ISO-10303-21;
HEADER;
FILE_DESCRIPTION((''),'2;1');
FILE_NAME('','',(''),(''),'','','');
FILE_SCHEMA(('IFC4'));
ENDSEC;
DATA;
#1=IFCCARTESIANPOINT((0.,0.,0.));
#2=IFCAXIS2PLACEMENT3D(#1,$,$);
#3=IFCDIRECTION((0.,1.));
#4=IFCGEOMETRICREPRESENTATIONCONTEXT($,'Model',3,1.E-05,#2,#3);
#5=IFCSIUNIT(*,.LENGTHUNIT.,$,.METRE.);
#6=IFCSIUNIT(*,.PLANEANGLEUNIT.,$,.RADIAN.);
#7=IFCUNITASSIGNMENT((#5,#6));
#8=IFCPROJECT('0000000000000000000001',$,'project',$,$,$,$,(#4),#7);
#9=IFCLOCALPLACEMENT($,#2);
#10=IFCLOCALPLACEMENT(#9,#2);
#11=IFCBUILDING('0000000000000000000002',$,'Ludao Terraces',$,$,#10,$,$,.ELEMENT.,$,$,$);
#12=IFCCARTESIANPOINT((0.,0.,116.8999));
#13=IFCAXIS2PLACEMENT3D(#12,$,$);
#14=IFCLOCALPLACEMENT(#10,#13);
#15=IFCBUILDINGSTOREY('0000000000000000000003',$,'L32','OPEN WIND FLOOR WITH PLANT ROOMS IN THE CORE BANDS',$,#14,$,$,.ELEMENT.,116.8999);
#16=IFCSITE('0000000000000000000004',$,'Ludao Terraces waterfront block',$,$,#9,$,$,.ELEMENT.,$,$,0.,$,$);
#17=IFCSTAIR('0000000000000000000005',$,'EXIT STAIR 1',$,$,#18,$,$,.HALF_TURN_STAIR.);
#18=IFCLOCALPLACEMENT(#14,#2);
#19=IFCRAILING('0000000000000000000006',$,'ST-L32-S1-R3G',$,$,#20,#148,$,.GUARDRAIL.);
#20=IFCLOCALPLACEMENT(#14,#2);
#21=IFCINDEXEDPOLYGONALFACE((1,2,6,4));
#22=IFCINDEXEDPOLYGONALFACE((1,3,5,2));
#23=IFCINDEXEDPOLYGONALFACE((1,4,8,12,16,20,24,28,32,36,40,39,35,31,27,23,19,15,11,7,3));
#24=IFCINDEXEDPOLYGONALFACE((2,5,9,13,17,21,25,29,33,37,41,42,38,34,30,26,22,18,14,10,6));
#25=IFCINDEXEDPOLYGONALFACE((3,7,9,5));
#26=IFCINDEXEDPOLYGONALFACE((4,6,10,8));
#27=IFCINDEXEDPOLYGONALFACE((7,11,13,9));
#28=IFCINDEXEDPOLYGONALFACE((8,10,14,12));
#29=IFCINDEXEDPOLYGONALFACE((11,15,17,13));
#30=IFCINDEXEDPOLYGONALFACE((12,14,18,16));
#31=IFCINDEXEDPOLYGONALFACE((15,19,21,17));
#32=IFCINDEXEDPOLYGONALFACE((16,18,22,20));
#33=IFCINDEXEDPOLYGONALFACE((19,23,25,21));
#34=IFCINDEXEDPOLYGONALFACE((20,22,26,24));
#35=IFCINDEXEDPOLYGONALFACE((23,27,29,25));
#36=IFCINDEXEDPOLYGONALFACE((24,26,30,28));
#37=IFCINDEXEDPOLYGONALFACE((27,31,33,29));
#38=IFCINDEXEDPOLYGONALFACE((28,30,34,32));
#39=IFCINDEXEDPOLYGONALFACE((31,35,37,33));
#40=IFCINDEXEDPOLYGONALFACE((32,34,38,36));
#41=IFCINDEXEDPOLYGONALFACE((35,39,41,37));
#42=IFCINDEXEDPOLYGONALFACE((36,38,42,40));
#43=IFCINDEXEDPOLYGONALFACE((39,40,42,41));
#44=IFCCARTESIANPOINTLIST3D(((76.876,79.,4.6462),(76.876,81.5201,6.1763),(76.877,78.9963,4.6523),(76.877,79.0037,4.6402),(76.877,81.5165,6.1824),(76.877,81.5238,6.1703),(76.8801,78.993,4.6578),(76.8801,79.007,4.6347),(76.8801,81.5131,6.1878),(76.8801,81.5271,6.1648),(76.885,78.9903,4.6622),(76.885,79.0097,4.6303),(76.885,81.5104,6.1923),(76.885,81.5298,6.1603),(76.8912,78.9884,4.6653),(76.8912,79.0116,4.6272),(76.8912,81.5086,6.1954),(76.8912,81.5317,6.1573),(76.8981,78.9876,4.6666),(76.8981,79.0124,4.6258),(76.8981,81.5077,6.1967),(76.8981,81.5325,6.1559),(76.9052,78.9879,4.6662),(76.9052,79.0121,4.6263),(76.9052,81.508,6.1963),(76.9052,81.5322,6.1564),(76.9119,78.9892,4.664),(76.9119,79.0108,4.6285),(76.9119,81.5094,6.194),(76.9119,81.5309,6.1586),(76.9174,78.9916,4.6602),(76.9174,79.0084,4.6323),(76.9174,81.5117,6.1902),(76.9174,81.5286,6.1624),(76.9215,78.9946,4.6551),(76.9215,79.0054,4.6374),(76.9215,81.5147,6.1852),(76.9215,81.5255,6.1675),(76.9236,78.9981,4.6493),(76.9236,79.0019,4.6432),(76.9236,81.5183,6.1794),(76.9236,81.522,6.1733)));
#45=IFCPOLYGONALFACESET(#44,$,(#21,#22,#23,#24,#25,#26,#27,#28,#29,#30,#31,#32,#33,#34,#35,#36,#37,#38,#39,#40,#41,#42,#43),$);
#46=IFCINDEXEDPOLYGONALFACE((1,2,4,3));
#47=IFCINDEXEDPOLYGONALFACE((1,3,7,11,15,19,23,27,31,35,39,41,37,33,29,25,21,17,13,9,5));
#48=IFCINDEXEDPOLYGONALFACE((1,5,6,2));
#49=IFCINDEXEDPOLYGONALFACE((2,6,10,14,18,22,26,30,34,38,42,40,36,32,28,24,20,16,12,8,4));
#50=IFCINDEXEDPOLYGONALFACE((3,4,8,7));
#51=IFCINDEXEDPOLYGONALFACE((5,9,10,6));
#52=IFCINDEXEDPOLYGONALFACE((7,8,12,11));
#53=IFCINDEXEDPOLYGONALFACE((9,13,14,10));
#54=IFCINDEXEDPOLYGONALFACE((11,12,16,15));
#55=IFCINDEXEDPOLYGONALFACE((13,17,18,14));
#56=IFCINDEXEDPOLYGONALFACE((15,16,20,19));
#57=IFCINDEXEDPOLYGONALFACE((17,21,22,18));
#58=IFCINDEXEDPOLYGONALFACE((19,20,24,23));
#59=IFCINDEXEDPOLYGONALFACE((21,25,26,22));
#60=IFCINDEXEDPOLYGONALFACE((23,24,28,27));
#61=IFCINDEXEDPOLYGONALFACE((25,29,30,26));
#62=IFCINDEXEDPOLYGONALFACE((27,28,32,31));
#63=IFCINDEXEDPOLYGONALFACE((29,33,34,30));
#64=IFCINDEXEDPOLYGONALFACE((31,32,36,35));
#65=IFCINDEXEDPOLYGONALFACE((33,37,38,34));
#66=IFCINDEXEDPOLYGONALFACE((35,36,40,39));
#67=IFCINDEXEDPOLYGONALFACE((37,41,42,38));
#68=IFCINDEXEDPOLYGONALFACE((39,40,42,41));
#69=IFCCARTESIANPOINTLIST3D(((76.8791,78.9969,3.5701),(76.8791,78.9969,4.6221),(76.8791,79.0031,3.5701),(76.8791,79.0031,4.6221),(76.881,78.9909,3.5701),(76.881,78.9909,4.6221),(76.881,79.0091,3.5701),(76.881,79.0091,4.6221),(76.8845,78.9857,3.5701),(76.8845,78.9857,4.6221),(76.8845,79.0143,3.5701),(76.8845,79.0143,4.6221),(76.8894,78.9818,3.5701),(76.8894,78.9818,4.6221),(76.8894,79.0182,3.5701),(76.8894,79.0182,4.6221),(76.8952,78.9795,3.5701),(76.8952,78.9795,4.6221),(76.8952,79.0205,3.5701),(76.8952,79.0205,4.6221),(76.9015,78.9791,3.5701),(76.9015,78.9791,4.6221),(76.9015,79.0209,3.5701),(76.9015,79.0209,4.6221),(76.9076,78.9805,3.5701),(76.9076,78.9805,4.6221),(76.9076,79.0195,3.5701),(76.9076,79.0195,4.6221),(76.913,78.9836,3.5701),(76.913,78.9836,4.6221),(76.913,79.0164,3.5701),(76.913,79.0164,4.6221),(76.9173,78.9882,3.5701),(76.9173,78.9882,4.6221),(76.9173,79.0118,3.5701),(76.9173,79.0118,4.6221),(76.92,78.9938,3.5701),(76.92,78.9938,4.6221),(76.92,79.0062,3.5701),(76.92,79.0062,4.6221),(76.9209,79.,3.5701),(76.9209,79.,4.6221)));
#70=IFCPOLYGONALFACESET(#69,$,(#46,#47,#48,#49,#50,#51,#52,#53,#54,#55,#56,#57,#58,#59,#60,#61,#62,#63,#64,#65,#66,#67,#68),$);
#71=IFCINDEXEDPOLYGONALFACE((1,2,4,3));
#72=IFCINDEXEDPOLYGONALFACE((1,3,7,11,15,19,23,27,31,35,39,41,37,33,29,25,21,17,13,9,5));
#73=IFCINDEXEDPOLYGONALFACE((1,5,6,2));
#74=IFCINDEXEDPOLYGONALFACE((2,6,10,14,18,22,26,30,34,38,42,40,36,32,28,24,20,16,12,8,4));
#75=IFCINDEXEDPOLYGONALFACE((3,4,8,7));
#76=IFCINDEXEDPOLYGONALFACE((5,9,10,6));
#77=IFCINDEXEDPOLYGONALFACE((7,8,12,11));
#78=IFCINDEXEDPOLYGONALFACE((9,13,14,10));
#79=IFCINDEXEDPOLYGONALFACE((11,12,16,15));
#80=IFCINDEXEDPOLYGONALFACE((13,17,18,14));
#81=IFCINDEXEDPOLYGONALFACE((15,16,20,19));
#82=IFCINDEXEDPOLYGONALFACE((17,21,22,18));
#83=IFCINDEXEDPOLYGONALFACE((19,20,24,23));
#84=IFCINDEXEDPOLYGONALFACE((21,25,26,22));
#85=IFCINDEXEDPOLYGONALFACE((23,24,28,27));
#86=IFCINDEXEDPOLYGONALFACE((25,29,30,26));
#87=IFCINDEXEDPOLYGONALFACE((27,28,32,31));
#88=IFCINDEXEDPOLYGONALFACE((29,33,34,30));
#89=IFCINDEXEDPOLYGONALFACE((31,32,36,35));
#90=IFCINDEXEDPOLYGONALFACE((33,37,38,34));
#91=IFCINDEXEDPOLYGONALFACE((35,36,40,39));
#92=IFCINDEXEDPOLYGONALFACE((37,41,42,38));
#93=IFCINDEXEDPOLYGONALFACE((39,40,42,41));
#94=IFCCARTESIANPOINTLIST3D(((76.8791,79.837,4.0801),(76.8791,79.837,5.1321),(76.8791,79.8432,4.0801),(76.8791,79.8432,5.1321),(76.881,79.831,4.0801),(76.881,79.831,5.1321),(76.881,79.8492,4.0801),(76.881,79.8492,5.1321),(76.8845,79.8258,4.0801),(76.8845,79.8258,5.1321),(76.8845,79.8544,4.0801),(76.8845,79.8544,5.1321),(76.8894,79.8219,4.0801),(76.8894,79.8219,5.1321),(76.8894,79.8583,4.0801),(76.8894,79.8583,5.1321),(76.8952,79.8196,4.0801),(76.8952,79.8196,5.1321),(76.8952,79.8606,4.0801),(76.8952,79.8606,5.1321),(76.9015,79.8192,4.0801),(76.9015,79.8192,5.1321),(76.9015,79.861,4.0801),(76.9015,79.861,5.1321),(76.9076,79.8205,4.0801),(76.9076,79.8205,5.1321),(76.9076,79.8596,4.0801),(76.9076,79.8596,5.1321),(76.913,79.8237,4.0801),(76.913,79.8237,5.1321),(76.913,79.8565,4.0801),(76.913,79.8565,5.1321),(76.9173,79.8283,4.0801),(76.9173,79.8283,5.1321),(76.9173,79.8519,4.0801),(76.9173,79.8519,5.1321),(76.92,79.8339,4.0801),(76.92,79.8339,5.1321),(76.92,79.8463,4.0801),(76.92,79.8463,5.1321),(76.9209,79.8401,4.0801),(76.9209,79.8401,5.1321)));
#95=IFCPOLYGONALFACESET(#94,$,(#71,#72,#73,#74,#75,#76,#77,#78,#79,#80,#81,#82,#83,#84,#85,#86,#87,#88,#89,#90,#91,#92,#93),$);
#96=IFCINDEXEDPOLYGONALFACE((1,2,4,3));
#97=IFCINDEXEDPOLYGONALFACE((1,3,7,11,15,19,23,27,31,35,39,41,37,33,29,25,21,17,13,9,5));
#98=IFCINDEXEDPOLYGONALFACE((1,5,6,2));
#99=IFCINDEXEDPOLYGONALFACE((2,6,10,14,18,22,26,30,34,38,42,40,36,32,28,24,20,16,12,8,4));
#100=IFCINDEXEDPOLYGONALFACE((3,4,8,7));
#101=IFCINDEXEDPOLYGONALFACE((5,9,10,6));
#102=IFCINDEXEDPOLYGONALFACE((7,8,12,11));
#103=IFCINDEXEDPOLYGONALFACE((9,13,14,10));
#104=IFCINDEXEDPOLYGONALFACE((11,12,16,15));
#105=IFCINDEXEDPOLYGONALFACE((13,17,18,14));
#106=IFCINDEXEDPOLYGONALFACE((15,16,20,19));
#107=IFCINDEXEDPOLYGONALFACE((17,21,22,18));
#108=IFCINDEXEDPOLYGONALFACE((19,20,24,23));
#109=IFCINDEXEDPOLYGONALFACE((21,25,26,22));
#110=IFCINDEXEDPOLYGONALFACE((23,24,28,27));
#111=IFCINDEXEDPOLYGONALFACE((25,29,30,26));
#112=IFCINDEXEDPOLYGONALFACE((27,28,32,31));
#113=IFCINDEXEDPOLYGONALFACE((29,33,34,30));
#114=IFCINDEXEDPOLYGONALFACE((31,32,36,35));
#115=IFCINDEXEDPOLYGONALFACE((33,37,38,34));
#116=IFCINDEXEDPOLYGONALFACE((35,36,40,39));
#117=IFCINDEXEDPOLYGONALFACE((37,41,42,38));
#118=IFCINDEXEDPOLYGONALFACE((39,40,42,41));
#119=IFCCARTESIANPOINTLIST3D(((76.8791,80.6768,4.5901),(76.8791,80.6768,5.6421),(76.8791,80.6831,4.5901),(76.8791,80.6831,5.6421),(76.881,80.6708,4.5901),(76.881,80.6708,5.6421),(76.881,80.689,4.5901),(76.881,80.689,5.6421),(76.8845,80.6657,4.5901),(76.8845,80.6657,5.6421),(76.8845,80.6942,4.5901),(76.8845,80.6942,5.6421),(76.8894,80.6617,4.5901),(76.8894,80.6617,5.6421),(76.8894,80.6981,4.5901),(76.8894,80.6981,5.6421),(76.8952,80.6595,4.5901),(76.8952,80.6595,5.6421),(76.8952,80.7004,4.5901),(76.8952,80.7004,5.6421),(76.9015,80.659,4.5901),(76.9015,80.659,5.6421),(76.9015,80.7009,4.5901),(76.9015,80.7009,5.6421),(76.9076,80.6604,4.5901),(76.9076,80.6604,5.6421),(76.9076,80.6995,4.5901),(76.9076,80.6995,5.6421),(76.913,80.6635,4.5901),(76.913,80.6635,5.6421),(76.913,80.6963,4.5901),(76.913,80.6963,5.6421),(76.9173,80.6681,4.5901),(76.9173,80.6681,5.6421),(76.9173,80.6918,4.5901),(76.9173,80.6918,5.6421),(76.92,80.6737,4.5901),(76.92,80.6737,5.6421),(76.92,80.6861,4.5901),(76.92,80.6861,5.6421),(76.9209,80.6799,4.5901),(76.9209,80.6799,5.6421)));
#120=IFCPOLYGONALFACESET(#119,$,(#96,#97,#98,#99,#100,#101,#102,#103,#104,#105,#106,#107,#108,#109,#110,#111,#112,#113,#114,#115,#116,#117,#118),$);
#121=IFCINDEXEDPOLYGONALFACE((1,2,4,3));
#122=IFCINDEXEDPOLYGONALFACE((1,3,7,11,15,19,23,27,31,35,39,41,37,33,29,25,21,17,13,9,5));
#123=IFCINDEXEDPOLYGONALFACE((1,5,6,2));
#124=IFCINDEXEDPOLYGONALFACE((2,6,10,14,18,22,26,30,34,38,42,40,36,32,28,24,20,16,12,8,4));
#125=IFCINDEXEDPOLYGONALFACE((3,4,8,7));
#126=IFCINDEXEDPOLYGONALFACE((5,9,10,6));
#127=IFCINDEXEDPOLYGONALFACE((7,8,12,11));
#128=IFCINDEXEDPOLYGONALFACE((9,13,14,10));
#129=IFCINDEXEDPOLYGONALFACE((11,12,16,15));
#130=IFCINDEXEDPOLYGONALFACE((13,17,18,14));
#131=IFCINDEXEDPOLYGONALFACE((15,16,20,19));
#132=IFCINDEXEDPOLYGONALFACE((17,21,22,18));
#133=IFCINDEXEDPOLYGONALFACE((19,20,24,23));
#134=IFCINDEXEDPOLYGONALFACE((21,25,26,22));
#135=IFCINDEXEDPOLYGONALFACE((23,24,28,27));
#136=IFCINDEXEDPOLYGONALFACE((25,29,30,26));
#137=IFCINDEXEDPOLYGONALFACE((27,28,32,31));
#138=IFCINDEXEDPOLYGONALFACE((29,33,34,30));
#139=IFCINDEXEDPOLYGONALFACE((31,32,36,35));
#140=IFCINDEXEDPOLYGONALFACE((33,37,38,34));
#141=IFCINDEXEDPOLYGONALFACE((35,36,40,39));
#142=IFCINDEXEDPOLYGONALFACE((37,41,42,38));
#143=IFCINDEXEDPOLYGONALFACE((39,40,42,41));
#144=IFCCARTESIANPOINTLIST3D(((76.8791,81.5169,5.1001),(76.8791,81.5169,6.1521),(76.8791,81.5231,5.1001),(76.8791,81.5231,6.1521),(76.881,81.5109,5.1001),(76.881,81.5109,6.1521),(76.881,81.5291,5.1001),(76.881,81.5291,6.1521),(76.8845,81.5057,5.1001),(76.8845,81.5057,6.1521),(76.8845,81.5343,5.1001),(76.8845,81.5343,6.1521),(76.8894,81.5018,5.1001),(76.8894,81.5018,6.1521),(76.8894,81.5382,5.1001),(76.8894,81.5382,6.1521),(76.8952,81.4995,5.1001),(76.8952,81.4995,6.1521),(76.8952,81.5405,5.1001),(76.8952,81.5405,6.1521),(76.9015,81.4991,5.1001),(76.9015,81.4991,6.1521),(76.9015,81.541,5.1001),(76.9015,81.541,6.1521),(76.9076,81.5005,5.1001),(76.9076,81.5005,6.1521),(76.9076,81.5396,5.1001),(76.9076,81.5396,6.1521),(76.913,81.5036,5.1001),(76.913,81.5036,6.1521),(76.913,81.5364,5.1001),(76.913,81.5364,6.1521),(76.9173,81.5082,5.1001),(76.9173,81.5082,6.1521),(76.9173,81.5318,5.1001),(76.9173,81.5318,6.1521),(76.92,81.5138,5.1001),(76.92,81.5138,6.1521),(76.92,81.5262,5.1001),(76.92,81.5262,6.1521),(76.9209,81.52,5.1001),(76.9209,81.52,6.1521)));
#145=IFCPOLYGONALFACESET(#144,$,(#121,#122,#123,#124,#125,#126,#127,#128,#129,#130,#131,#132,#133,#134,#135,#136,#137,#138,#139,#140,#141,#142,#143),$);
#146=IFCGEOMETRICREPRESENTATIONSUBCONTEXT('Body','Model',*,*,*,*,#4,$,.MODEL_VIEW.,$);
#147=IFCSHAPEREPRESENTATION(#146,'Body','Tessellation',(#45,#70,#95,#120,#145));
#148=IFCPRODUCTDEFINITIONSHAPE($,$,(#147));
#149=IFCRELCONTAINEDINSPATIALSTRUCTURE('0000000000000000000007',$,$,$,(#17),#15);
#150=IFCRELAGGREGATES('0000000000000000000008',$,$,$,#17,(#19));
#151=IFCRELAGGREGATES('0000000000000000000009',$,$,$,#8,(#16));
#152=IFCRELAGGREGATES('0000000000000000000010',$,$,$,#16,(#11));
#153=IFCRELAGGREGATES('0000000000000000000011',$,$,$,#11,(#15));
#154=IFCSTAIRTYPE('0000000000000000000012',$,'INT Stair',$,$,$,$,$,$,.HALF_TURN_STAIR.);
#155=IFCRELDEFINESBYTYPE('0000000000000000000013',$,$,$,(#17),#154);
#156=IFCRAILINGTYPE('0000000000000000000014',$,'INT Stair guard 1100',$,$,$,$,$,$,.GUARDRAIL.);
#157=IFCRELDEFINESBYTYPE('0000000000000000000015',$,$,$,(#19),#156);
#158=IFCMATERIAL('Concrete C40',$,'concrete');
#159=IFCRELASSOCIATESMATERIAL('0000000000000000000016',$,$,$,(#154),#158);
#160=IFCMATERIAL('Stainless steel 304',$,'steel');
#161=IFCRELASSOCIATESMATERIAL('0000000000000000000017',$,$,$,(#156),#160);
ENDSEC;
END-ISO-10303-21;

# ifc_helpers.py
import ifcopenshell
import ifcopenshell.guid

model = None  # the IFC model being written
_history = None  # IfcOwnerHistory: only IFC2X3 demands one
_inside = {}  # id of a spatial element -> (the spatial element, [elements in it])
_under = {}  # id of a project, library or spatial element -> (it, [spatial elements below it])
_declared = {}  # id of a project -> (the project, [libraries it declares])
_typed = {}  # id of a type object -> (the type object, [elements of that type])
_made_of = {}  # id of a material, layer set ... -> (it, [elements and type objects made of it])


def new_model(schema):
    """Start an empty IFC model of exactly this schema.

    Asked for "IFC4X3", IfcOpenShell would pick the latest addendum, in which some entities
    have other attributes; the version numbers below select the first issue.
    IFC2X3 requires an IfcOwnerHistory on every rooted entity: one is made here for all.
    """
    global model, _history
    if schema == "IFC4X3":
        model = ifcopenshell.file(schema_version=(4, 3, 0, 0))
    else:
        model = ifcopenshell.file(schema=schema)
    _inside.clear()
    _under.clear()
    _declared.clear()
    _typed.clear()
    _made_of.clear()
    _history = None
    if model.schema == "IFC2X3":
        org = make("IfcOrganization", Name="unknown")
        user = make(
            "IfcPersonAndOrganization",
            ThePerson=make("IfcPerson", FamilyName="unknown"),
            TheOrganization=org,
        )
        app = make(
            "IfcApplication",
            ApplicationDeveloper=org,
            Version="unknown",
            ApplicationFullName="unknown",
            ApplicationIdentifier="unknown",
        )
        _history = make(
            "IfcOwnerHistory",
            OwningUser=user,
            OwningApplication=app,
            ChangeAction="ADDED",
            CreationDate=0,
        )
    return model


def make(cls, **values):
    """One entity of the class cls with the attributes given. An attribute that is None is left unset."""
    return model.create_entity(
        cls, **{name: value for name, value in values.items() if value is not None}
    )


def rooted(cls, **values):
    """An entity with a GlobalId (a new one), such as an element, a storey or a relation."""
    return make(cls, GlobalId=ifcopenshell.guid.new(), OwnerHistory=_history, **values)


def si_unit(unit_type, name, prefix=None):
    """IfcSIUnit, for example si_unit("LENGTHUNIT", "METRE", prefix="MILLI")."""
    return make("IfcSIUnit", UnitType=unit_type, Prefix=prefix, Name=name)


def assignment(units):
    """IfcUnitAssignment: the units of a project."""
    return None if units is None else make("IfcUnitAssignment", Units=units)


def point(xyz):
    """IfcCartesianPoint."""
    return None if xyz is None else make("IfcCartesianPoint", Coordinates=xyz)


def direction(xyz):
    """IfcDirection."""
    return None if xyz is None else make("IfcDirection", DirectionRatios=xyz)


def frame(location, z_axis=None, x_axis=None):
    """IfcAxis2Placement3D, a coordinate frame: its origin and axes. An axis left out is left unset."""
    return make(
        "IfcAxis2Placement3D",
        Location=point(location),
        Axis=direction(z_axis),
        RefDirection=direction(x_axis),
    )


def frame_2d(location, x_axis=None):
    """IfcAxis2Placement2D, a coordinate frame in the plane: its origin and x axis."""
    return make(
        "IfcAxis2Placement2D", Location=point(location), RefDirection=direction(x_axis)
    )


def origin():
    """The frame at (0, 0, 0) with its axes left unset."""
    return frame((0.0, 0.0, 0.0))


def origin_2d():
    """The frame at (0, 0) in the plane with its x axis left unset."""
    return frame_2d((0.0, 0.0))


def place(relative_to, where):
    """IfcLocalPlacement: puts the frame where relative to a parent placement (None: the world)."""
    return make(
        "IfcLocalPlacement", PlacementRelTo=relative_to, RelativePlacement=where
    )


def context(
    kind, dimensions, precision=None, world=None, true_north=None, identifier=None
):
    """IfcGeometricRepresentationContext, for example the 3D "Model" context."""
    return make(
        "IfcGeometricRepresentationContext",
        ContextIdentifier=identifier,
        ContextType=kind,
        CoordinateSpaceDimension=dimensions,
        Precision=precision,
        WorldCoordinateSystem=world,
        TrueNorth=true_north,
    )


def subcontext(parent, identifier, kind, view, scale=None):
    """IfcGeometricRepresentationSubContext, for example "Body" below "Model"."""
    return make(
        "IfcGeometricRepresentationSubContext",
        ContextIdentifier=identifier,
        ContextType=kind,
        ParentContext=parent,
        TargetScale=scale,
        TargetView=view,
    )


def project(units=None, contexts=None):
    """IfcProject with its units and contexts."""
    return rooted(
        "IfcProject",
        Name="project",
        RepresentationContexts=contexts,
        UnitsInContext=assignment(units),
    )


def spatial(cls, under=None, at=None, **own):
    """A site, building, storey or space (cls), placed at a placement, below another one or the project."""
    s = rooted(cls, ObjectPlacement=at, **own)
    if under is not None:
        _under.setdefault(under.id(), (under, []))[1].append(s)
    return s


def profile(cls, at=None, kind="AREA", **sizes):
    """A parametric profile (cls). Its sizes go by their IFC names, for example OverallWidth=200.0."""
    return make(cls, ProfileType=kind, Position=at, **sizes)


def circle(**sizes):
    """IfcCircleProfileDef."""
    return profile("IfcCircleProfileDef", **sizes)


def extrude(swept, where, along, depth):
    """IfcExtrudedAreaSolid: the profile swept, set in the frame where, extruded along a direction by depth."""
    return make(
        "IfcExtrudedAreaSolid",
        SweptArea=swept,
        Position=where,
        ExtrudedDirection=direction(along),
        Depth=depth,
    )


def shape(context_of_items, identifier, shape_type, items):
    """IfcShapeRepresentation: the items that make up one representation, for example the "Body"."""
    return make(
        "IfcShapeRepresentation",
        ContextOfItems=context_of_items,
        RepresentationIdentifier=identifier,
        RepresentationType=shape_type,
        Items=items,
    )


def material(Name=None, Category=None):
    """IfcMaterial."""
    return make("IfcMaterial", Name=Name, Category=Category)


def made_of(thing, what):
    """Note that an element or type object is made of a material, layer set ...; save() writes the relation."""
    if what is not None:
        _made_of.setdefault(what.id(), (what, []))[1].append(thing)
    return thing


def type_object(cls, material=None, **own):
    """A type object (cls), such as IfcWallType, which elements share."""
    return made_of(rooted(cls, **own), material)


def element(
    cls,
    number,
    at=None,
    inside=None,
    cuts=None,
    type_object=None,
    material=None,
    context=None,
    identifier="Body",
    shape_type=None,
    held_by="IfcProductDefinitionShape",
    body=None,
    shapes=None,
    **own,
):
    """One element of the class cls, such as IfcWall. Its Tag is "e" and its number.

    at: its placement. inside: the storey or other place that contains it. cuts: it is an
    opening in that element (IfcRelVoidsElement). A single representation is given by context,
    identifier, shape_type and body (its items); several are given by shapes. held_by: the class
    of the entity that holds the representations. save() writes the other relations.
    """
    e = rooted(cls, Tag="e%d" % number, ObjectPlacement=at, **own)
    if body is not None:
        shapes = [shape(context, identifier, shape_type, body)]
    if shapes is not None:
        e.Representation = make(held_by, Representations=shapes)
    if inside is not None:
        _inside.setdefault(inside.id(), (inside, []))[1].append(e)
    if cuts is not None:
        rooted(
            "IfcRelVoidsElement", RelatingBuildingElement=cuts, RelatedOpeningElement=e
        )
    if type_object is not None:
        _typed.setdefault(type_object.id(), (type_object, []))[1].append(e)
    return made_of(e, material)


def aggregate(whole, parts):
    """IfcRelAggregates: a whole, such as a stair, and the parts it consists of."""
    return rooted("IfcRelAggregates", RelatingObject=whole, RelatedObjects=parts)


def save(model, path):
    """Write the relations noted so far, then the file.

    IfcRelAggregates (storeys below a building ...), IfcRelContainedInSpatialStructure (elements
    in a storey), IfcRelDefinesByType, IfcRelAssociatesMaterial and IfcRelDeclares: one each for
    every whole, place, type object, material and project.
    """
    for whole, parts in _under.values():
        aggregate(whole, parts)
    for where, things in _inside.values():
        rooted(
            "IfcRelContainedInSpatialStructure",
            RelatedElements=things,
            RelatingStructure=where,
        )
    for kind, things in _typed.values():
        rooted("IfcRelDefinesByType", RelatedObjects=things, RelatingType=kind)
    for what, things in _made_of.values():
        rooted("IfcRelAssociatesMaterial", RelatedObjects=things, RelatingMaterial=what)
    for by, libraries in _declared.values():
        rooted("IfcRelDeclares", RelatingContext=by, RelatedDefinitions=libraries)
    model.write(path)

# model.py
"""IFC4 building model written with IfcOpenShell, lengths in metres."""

from ifc_helpers import new_model, si_unit, direction, frame, origin, origin_2d, place, context, subcontext, project, spatial, circle, extrude, material, type_object, element, aggregate, save


model = new_model("IFC4")

# Units and contexts
model_context = context("Model", 3, precision=1e-05, world=origin(), true_north=direction((0.0, 1.0)))
body_context = subcontext(model_context, "Body", "Model", "MODEL_VIEW")
ifc_project = project(units=[si_unit("LENGTHUNIT", "METRE"), si_unit("PLANEANGLEUNIT", "RADIAN")], contexts=[model_context])

# Site, building, storey
site_placement = place(None, origin())
site = spatial("IfcSite", under=ifc_project, at=site_placement, Name="Ludao Terraces waterfront block", CompositionType="ELEMENT", RefElevation=0.0)
building_placement = place(site_placement, origin())
building = spatial("IfcBuilding", under=site, at=building_placement, Name="Ludao Terraces", CompositionType="ELEMENT")
storey_placement = place(building_placement, frame((0.0, 0.0, 116.8999)))
storey = spatial("IfcBuildingStorey", under=building, at=storey_placement, Name="L32", Description="OPEN WIND FLOOR WITH PLANT ROOMS IN THE CORE BANDS", CompositionType="ELEMENT", Elevation=116.8999)

# Stair, railing
ifc_material_1 = material(Name="Concrete C40", Category="concrete")
stair_type = type_object("IfcStairType", Name="INT Stair", PredefinedType="HALF_TURN_STAIR", material=ifc_material_1)
stair_placement = place(storey_placement, origin())
stair = element("IfcStair", 1, at=stair_placement, inside=storey, type_object=stair_type, Name="EXIT STAIR 1", PredefinedType="HALF_TURN_STAIR")
ifc_material_2 = material(Name="Stainless steel 304", Category="steel")
railing_type_1 = type_object("IfcRailingType", Name="INT Stair guard 1100", PredefinedType="GUARDRAIL", material=ifc_material_2)
railing_1_placement = place(storey_placement, frame((76.8999, 79.0, 3.5701)))
railing_1 = element("IfcRailing", 2, at=railing_1_placement, type_object=railing_type_1, Name="ST-L32-S1-R3G", PredefinedType="GUARDRAIL", context=body_context, shape_type="SweptSolid", body=[
    extrude(circle(Radius=0.0239, at=origin_2d()), frame((0.0, 0.0, 1.0762), z_axis=(0.0, 0.854785, 0.518982), x_axis=(-1.0, 0.0, 0.0)), (0.0, 0.0, 1.0), 2.9482),
    extrude(circle(Radius=0.021, at=origin_2d()), origin(), (0.0, 0.0, 1.0), 1.052),
    extrude(circle(Radius=0.021, at=origin_2d()), frame((0.0, 0.8401, 0.51)), (0.0, 0.0, 1.0), 1.052),
    extrude(circle(Radius=0.021, at=origin_2d()), frame((0.0, 1.6799, 1.02)), (0.0, 0.0, 1.0), 1.052),
    extrude(circle(Radius=0.021, at=origin_2d()), frame((0.0, 2.52, 1.53)), (0.0, 0.0, 1.0), 1.052),
])
aggregate(stair, [railing_1])

save(model, "model.ifc")
